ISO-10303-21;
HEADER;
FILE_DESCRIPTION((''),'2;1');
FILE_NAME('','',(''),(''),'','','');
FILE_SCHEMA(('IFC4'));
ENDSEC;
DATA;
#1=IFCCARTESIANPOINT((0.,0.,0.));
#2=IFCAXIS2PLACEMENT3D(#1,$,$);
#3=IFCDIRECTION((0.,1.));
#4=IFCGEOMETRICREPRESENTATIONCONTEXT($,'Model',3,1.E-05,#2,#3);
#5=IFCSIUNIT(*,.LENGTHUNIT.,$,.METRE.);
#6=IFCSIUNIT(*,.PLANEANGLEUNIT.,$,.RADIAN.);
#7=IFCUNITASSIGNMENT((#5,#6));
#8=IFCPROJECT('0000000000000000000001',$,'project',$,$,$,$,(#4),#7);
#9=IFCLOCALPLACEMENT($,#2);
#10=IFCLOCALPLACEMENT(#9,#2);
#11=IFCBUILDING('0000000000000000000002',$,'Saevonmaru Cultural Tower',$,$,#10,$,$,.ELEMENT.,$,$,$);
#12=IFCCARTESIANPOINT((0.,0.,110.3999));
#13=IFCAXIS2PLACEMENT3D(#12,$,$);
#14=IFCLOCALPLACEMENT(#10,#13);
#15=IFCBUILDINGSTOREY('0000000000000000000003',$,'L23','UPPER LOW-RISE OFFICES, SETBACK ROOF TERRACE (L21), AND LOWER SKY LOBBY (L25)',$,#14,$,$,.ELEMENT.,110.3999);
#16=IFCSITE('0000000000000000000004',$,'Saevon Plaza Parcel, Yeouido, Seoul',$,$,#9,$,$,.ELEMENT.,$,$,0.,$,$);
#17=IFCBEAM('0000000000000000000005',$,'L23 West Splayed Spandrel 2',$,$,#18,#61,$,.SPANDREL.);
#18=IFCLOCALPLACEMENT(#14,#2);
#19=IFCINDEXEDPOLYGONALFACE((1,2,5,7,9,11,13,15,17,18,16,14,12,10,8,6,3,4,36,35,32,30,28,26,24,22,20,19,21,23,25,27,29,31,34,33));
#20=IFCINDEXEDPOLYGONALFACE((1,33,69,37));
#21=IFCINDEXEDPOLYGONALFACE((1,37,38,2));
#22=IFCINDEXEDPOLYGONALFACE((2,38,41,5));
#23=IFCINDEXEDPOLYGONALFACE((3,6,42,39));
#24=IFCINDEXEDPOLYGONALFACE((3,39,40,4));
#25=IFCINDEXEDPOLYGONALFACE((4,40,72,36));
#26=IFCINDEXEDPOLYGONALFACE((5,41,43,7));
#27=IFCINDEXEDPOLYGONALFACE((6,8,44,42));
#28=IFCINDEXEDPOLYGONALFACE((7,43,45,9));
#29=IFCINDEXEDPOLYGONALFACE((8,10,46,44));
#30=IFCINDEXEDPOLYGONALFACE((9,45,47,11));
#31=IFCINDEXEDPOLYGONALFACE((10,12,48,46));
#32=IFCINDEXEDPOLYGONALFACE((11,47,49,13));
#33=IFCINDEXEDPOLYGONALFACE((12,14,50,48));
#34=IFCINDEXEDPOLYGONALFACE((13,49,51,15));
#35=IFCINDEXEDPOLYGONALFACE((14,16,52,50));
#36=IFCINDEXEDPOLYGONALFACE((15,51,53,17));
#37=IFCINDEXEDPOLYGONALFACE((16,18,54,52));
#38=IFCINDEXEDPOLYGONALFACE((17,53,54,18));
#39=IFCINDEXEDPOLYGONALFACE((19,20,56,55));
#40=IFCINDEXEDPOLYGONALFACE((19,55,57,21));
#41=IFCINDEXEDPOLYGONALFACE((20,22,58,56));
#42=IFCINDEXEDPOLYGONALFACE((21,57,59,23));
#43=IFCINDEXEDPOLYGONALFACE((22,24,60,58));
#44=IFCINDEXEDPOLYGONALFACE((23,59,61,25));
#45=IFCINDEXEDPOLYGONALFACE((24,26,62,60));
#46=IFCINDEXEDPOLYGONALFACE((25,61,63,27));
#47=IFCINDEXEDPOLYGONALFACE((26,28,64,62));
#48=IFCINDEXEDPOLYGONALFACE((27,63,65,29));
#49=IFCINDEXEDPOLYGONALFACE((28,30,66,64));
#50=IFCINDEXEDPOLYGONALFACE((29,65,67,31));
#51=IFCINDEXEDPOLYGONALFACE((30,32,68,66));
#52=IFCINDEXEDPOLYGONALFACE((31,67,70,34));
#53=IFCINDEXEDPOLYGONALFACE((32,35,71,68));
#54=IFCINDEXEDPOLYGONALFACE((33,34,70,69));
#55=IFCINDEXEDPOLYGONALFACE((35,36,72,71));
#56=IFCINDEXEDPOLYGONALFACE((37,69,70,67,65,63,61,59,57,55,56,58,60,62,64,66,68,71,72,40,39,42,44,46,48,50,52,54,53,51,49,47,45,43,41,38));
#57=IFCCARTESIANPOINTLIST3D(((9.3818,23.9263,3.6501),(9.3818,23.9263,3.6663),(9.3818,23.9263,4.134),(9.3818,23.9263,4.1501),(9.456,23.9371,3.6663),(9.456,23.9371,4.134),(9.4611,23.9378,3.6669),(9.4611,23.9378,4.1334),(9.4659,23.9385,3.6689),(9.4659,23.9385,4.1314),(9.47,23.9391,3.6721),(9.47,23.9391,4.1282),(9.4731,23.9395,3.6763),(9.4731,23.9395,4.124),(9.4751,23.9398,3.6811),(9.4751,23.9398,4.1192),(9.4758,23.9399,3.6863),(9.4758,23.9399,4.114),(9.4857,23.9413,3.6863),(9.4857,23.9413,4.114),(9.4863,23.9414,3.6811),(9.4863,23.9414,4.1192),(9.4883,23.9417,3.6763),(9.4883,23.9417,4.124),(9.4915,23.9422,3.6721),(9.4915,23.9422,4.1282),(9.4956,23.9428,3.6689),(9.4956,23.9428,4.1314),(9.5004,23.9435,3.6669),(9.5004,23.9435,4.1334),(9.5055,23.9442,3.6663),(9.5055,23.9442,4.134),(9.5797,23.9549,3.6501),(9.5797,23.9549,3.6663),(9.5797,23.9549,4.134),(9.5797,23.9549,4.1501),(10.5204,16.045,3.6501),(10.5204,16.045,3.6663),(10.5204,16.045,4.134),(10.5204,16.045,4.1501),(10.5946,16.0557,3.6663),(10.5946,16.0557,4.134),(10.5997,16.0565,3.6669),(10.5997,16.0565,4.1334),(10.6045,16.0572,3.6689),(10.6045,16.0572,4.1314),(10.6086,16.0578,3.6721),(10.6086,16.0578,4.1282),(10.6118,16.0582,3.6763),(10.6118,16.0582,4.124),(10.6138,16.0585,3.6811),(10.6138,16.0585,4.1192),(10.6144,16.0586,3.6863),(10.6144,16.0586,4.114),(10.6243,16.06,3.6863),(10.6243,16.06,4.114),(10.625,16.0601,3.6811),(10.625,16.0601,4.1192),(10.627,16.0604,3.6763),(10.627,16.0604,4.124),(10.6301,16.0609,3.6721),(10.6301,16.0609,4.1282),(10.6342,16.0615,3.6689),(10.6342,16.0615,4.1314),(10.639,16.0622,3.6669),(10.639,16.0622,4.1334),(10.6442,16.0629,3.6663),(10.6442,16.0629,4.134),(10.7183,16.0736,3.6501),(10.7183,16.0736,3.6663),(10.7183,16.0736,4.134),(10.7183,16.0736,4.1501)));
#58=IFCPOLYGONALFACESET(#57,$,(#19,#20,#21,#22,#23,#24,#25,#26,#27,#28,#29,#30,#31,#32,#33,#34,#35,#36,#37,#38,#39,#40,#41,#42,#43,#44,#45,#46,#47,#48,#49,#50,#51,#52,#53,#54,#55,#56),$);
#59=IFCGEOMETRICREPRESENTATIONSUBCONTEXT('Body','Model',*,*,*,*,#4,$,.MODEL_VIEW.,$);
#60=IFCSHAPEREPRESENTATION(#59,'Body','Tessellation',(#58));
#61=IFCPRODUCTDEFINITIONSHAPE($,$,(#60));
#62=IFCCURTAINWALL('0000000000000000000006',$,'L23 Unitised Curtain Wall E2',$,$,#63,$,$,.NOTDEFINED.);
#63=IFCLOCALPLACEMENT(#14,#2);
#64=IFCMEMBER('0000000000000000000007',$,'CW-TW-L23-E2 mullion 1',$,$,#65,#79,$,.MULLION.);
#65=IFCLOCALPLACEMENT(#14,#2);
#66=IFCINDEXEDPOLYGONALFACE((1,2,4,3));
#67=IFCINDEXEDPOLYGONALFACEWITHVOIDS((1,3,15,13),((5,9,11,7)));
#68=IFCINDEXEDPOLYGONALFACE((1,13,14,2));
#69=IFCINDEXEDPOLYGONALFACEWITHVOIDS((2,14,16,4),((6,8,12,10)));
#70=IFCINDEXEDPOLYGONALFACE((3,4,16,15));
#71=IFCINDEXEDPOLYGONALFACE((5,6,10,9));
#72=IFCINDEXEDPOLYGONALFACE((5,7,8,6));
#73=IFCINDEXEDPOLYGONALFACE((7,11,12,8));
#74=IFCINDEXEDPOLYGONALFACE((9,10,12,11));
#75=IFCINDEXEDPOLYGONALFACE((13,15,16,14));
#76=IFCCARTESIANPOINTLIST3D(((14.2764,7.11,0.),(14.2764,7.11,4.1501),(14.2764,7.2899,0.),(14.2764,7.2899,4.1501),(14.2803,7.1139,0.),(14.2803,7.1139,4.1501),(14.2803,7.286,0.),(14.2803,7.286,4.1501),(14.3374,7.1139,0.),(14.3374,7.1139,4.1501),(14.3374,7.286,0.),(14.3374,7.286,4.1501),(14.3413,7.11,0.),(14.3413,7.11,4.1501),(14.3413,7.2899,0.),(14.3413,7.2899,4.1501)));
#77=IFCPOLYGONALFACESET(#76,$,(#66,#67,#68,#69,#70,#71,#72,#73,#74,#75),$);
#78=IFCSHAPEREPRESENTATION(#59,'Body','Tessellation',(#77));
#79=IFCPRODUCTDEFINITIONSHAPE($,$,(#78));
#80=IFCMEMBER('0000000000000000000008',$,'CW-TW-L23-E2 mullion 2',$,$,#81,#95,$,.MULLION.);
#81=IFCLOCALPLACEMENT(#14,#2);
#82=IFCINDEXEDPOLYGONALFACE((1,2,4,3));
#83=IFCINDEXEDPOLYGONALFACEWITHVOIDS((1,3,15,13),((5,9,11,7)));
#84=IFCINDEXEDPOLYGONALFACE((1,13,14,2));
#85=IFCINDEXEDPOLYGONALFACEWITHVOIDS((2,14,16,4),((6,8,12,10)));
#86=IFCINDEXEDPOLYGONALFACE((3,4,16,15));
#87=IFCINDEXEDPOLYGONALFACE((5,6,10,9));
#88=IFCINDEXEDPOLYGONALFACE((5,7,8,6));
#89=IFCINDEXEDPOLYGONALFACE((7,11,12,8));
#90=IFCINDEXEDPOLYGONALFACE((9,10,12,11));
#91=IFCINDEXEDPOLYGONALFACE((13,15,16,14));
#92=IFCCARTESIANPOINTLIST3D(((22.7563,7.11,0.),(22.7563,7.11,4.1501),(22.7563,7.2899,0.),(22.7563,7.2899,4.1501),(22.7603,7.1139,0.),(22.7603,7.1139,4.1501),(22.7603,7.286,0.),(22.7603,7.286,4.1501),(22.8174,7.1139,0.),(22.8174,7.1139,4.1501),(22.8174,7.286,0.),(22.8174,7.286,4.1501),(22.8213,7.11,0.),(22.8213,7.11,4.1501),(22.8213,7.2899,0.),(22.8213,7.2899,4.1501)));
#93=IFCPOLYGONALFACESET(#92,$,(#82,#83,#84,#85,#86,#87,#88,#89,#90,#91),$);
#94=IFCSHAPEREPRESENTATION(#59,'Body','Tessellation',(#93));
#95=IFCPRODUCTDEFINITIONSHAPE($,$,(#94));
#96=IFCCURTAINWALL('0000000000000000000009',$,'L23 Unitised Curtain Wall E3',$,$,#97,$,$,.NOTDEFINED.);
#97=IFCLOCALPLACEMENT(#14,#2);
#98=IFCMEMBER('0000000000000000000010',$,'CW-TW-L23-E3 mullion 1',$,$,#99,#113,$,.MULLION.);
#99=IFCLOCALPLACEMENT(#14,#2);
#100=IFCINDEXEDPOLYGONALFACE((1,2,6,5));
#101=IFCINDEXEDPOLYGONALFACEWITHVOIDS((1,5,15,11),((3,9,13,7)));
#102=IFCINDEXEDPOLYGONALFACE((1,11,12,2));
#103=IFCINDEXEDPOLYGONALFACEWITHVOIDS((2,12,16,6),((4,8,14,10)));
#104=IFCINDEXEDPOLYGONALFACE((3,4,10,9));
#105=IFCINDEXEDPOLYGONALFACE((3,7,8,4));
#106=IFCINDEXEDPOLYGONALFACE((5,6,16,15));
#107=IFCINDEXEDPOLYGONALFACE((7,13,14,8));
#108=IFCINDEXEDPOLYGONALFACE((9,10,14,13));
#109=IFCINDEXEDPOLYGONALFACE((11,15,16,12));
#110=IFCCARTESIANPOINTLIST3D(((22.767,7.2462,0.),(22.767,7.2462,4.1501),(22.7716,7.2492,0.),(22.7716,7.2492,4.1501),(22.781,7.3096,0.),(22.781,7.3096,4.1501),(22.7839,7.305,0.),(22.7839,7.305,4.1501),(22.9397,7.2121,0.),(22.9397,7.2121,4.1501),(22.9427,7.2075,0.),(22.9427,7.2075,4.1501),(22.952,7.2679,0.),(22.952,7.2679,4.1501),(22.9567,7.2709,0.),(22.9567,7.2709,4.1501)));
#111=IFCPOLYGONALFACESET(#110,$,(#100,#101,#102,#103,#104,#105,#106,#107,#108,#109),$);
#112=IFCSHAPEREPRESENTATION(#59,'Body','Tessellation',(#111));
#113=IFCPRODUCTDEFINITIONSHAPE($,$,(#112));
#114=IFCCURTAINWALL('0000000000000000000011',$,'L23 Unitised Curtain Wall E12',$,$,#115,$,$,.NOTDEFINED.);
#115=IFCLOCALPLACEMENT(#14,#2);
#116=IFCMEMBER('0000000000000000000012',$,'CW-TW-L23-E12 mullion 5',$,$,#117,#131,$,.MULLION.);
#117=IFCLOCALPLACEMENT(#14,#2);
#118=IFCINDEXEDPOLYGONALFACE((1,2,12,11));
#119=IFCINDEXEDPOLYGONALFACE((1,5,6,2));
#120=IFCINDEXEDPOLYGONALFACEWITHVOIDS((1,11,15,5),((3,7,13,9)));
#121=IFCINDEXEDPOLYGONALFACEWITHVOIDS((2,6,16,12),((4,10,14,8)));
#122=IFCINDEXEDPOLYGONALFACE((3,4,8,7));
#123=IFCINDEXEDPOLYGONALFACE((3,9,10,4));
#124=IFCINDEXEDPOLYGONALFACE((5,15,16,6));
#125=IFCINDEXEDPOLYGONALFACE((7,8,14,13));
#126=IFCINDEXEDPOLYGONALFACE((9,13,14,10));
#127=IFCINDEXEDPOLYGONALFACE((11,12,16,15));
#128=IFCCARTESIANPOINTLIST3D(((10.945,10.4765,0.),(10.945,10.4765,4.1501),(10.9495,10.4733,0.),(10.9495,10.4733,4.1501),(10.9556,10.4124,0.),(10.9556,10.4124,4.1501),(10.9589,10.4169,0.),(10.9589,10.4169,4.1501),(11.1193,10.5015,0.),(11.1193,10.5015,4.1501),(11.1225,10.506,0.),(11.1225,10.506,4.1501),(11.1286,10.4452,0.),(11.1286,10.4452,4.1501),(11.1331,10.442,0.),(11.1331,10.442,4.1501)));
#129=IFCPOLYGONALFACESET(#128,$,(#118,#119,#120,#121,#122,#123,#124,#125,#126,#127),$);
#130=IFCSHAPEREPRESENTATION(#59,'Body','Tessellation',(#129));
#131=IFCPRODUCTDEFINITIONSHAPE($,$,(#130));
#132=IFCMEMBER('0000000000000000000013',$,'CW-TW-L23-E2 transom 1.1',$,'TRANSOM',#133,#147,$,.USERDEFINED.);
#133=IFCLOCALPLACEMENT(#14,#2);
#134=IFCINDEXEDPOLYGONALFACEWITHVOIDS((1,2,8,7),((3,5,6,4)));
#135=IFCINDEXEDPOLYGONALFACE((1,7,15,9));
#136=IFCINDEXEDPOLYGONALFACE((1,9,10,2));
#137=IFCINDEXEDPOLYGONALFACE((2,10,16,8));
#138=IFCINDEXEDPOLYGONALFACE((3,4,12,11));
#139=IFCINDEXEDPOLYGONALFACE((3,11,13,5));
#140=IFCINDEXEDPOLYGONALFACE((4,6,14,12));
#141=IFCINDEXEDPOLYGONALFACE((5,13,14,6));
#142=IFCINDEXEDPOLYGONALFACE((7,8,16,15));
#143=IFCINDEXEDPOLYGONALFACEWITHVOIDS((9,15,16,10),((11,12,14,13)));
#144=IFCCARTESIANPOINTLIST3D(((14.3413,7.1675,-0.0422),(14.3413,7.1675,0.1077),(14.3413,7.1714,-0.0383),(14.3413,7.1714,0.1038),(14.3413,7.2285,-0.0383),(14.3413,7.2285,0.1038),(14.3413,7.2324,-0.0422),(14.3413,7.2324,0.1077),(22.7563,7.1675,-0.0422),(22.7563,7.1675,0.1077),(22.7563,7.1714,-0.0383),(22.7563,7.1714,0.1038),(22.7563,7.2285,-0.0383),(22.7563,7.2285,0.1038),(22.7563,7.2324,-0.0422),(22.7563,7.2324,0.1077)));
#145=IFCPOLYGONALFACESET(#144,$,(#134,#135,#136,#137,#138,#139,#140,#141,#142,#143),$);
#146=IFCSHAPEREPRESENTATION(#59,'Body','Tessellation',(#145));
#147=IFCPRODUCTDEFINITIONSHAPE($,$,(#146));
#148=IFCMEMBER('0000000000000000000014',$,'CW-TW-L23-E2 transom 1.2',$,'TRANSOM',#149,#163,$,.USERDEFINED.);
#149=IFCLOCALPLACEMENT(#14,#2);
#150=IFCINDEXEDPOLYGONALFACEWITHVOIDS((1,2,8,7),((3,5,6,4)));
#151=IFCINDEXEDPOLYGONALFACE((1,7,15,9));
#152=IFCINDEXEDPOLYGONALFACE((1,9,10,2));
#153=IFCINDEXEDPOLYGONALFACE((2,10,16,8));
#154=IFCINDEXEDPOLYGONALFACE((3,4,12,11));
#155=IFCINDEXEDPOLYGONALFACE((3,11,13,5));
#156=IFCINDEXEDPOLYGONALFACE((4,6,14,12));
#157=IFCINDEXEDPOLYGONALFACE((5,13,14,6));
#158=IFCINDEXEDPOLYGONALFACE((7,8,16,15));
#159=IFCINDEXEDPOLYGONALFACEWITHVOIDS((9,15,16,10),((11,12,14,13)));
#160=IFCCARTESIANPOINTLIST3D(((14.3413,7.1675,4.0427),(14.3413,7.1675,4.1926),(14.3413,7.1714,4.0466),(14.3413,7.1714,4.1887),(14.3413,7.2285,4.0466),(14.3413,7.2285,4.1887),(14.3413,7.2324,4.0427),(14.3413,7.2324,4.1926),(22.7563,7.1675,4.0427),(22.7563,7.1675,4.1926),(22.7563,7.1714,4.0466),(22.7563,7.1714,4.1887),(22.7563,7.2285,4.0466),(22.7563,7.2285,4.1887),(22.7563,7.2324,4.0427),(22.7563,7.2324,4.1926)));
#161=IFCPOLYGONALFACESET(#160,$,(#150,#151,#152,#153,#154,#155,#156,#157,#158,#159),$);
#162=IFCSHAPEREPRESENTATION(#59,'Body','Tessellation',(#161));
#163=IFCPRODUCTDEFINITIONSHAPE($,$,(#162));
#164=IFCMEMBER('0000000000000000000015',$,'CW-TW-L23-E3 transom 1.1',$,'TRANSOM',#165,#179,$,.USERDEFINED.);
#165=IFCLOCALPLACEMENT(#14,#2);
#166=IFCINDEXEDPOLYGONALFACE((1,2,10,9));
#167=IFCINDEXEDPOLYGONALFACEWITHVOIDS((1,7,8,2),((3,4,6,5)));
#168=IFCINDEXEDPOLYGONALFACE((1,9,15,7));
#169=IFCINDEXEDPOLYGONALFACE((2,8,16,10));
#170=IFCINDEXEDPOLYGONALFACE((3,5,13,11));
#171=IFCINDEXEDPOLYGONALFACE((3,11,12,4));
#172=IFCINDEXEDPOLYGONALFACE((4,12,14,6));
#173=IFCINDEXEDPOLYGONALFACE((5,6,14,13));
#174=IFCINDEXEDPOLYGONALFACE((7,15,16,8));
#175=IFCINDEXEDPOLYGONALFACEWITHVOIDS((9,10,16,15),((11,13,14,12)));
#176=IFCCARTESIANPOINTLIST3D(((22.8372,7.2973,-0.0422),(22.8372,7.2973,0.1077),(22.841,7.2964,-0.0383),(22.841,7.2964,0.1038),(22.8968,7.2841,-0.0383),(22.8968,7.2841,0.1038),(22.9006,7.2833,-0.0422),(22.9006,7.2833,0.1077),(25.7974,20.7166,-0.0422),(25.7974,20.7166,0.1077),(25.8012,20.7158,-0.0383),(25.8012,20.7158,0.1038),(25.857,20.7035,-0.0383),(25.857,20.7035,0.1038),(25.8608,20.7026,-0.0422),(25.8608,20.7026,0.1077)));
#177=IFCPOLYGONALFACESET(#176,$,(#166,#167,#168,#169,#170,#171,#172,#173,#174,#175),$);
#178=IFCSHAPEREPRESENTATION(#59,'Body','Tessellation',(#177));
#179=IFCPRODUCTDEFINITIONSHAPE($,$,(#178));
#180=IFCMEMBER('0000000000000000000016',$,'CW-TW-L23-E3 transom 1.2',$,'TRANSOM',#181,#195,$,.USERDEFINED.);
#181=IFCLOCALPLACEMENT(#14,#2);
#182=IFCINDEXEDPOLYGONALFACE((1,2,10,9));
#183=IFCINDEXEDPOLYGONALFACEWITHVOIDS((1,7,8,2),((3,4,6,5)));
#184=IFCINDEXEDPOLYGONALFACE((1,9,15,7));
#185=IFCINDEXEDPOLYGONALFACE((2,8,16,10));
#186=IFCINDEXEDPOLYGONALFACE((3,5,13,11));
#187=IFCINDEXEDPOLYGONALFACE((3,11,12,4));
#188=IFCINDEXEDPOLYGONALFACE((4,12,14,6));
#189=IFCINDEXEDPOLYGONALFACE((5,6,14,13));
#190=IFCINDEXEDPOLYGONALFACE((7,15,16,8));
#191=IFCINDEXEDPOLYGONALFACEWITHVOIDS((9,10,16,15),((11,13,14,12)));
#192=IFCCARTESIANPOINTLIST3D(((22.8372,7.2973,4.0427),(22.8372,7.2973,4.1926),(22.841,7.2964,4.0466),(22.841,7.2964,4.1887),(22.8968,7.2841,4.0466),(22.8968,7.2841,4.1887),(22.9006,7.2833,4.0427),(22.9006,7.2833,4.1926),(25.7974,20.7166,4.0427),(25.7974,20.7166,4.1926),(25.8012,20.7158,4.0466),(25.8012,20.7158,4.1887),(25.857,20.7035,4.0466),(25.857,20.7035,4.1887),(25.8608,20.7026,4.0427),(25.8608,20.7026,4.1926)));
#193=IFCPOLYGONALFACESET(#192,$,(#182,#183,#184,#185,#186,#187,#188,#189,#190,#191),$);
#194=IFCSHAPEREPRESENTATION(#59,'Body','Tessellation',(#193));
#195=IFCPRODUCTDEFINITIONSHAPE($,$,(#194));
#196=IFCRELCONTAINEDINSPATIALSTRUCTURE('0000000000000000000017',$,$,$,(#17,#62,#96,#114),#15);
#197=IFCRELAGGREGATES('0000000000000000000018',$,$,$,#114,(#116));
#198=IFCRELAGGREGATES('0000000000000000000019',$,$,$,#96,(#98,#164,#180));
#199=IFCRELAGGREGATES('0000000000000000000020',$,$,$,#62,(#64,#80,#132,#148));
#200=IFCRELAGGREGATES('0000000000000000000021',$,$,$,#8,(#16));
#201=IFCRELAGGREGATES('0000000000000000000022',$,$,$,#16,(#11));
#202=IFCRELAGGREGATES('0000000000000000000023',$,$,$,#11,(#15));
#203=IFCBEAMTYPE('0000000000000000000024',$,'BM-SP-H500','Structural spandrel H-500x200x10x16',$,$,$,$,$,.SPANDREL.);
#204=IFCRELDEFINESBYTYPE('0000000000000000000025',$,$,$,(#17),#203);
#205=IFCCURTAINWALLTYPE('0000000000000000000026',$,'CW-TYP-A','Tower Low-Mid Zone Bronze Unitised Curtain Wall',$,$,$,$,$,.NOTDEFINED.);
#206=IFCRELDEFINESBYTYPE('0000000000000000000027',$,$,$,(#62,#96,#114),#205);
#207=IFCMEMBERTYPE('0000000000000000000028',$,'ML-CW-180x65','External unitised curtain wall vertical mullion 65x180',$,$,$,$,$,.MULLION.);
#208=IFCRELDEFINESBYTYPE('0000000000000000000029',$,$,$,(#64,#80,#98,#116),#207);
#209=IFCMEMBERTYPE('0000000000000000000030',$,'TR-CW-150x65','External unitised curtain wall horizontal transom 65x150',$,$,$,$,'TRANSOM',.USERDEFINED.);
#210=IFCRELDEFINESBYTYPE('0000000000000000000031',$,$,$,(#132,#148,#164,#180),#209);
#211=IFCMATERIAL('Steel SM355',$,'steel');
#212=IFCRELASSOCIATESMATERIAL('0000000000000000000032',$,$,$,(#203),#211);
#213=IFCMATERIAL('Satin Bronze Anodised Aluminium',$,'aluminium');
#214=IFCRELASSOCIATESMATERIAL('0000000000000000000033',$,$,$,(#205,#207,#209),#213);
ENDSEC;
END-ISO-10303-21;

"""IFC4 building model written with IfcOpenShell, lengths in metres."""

from ifc_helpers import new_model, si_unit, direction, frame, origin, origin_2d, place, context, subcontext, project, spatial, hollow_rectangle, i_section, extrude, material, material_profile, profile_set, type_object, element, aggregate, save


model = new_model("IFC4")

# Units and contexts
model_context = context("Model", 3, precision=1e-05, world=origin(), true_north=direction((0.0, 1.0)))
body_context = subcontext(model_context, "Body", "Model", "MODEL_VIEW")
ifc_project = project(units=[si_unit("LENGTHUNIT", "METRE"), si_unit("PLANEANGLEUNIT", "RADIAN")], contexts=[model_context])

# Site, building, storey
site_placement = place(None, origin())
site = spatial("IfcSite", under=ifc_project, at=site_placement, Name="Saevon Plaza Parcel, Yeouido, Seoul", CompositionType="ELEMENT", RefElevation=0.0)
building_placement = place(site_placement, origin())
building = spatial("IfcBuilding", under=site, at=building_placement, Name="Saevonmaru Cultural Tower", CompositionType="ELEMENT")
storey_placement = place(building_placement, frame((0.0, 0.0, 110.3999)))
storey = spatial("IfcBuildingStorey", under=building, at=storey_placement, Name="L23", Description="UPPER LOW-RISE OFFICES, SETBACK ROOF TERRACE (L21), AND LOWER SKY LOBBY (L25)", CompositionType="ELEMENT", Elevation=110.3999)

# Shared definitions
ifc_material_1 = material(Name="Steel SM355", Category="steel")

# Beam
ifc_material_profile_1 = material_profile(ifc_material_1, i_section(OverallWidth=0.2, OverallDepth=0.5, WebThickness=0.01, FlangeThickness=0.0161, FilletRadius=0.02, at=origin_2d()), Name="H-500x200x10x16")
ifc_profile_set_1 = profile_set([ifc_material_profile_1], Name="Steel SM355")
beam_type_1 = type_object("IfcBeamType", Name="BM-SP-H500", Description="Structural spandrel H-500x200x10x16", PredefinedType="SPANDREL", material=ifc_profile_set_1)
beam_1_placement = place(storey_placement, frame((10.6194, 16.0593, 3.9001), z_axis=(-0.142992, 0.989724, 0.0), x_axis=(-0.989724, -0.142992, 0.0)))
element("IfcBeam", 1, at=beam_1_placement, inside=storey, type_object=beam_type_1, Name="L23 West Splayed Spandrel 2", PredefinedType="SPANDREL", context=body_context, shape_type="SweptSolid", body=[
    extrude(i_section(OverallWidth=0.2, OverallDepth=0.5, WebThickness=0.01, FlangeThickness=0.0161, FilletRadius=0.02, at=origin_2d()), origin(), (0.0, 0.0, 1.0), 7.9631),
])

# Curtain wall, members
ifc_material_2 = material(Name="Satin Bronze Anodised Aluminium", Category="aluminium")
curtain_wall_type = type_object("IfcCurtainWallType", Name="CW-TYP-A", Description="Tower Low-Mid Zone Bronze Unitised Curtain Wall", PredefinedType="NOTDEFINED", material=ifc_material_2)
curtain_wall_1_placement = place(storey_placement, origin())
curtain_wall_1 = element("IfcCurtainWall", 2, at=curtain_wall_1_placement, inside=storey, type_object=curtain_wall_type, Name="L23 Unitised Curtain Wall E2", PredefinedType="NOTDEFINED")
ifc_material_profile_2 = material_profile(ifc_material_2, hollow_rectangle(XDim=0.0649, YDim=0.1799, WallThickness=0.0039, at=origin_2d()), Name="ALU-MULL-180x65x4")
ifc_profile_set_2 = profile_set([ifc_material_profile_2], Name="Satin Bronze Anodised Aluminium")
member_type_1 = type_object("IfcMemberType", Name="ML-CW-180x65", Description="External unitised curtain wall vertical mullion 65x180", PredefinedType="MULLION", material=ifc_profile_set_2)
member_1_placement = place(storey_placement, frame((14.3088, 7.2, 0.0), z_axis=(0.0, 0.0, 1.0), x_axis=(1.0, 0.0, 0.0)))
member_1 = element("IfcMember", 3, at=member_1_placement, type_object=member_type_1, Name="CW-TW-L23-E2 mullion 1", PredefinedType="MULLION", context=body_context, shape_type="SweptSolid", body=[
    extrude(hollow_rectangle(XDim=0.0649, YDim=0.1799, WallThickness=0.0039, at=origin_2d()), origin(), (0.0, 0.0, 1.0), 4.1501),
])
member_2_placement = place(storey_placement, frame((22.7888, 7.2, 0.0), z_axis=(0.0, 0.0, 1.0), x_axis=(1.0, 0.0, 0.0)))
member_2 = element("IfcMember", 4, at=member_2_placement, type_object=member_type_1, Name="CW-TW-L23-E2 mullion 2", PredefinedType="MULLION", context=body_context, shape_type="SweptSolid", body=[
    extrude(hollow_rectangle(XDim=0.0649, YDim=0.1799, WallThickness=0.0039, at=origin_2d()), origin(), (0.0, 0.0, 1.0), 4.1501),
])

# Curtain walls, members
curtain_wall_2_placement = place(storey_placement, origin())
curtain_wall_2 = element("IfcCurtainWall", 5, at=curtain_wall_2_placement, inside=storey, type_object=curtain_wall_type, Name="L23 Unitised Curtain Wall E3", PredefinedType="NOTDEFINED")
member_3_placement = place(storey_placement, frame((22.8618, 7.2585, 0.0), z_axis=(0.0, 0.0, 1.0), x_axis=(0.215413, 0.976523, 0.0)))
member_3 = element("IfcMember", 6, at=member_3_placement, type_object=member_type_1, Name="CW-TW-L23-E3 mullion 1", PredefinedType="MULLION", context=body_context, shape_type="SweptSolid", body=[
    extrude(hollow_rectangle(XDim=0.0649, YDim=0.1799, WallThickness=0.0039, at=origin_2d()), origin(), (0.0, 0.0, 1.0), 4.1501),
])
curtain_wall_3_placement = place(storey_placement, origin())
curtain_wall_3 = element("IfcCurtainWall", 7, at=curtain_wall_3_placement, inside=storey, type_object=curtain_wall_type, Name="L23 Unitised Curtain Wall E12", PredefinedType="NOTDEFINED")
member_4_placement = place(storey_placement, frame((11.0391, 10.4592, 0.0), z_axis=(0.0, 0.0, 1.0), x_axis=(0.163999, -0.986461, 0.0)))
member_4 = element("IfcMember", 8, at=member_4_placement, type_object=member_type_1, Name="CW-TW-L23-E12 mullion 5", PredefinedType="MULLION", context=body_context, shape_type="SweptSolid", body=[
    extrude(hollow_rectangle(XDim=0.0649, YDim=0.1799, WallThickness=0.0039, at=origin_2d()), origin(), (0.0, 0.0, 1.0), 4.1501),
])
aggregate(curtain_wall_3, [member_4])

# Members
ifc_material_profile_3 = material_profile(ifc_material_2, hollow_rectangle(XDim=0.0649, YDim=0.1499, WallThickness=0.0039, at=origin_2d()), Name="ALU-TRAN-150x65x4")
ifc_profile_set_3 = profile_set([ifc_material_profile_3], Name="Satin Bronze Anodised Aluminium")
member_type_2 = type_object("IfcMemberType", Name="TR-CW-150x65", Description="External unitised curtain wall horizontal transom 65x150", ElementType="TRANSOM", PredefinedType="USERDEFINED", material=ifc_profile_set_3)
member_5_placement = place(storey_placement, frame((14.3413, 7.2, 0.0327), z_axis=(1.0, 0.0, 0.0), x_axis=(0.0, 1.0, 0.0)))
member_5 = element("IfcMember", 9, at=member_5_placement, type_object=member_type_2, Name="CW-TW-L23-E2 transom 1.1", ObjectType="TRANSOM", PredefinedType="USERDEFINED", context=body_context, shape_type="SweptSolid", body=[
    extrude(hollow_rectangle(XDim=0.0649, YDim=0.1499, WallThickness=0.0039, at=origin_2d()), origin(), (0.0, 0.0, 1.0), 8.415),
])
member_6_placement = place(storey_placement, frame((14.3413, 7.2, 4.1177), z_axis=(1.0, 0.0, 0.0), x_axis=(0.0, 1.0, 0.0)))
member_6 = element("IfcMember", 10, at=member_6_placement, type_object=member_type_2, Name="CW-TW-L23-E2 transom 1.2", ObjectType="TRANSOM", PredefinedType="USERDEFINED", context=body_context, shape_type="SweptSolid", body=[
    extrude(hollow_rectangle(XDim=0.0649, YDim=0.1499, WallThickness=0.0039, at=origin_2d()), origin(), (0.0, 0.0, 1.0), 8.415),
])
member_7_placement = place(storey_placement, frame((22.8689, 7.2903, 0.0327), z_axis=(0.215412, 0.976523, 0.0), x_axis=(-0.976523, 0.215412, 0.0)))
member_7 = element("IfcMember", 11, at=member_7_placement, type_object=member_type_2, Name="CW-TW-L23-E3 transom 1.1", ObjectType="TRANSOM", PredefinedType="USERDEFINED", context=body_context, shape_type="SweptSolid", body=[
    extrude(hollow_rectangle(XDim=0.0649, YDim=0.1499, WallThickness=0.0039, at=origin_2d()), origin(), (0.0, 0.0, 1.0), 13.7419),
])
member_8_placement = place(storey_placement, frame((22.8689, 7.2903, 4.1177), z_axis=(0.215412, 0.976523, 0.0), x_axis=(-0.976523, 0.215412, 0.0)))
member_8 = element("IfcMember", 12, at=member_8_placement, type_object=member_type_2, Name="CW-TW-L23-E3 transom 1.2", ObjectType="TRANSOM", PredefinedType="USERDEFINED", context=body_context, shape_type="SweptSolid", body=[
    extrude(hollow_rectangle(XDim=0.0649, YDim=0.1499, WallThickness=0.0039, at=origin_2d()), origin(), (0.0, 0.0, 1.0), 13.7419),
])
aggregate(curtain_wall_2, [member_3, member_7, member_8])

aggregate(curtain_wall_1, [member_1, member_2, member_5, member_6])

save(model, "model.ifc")
